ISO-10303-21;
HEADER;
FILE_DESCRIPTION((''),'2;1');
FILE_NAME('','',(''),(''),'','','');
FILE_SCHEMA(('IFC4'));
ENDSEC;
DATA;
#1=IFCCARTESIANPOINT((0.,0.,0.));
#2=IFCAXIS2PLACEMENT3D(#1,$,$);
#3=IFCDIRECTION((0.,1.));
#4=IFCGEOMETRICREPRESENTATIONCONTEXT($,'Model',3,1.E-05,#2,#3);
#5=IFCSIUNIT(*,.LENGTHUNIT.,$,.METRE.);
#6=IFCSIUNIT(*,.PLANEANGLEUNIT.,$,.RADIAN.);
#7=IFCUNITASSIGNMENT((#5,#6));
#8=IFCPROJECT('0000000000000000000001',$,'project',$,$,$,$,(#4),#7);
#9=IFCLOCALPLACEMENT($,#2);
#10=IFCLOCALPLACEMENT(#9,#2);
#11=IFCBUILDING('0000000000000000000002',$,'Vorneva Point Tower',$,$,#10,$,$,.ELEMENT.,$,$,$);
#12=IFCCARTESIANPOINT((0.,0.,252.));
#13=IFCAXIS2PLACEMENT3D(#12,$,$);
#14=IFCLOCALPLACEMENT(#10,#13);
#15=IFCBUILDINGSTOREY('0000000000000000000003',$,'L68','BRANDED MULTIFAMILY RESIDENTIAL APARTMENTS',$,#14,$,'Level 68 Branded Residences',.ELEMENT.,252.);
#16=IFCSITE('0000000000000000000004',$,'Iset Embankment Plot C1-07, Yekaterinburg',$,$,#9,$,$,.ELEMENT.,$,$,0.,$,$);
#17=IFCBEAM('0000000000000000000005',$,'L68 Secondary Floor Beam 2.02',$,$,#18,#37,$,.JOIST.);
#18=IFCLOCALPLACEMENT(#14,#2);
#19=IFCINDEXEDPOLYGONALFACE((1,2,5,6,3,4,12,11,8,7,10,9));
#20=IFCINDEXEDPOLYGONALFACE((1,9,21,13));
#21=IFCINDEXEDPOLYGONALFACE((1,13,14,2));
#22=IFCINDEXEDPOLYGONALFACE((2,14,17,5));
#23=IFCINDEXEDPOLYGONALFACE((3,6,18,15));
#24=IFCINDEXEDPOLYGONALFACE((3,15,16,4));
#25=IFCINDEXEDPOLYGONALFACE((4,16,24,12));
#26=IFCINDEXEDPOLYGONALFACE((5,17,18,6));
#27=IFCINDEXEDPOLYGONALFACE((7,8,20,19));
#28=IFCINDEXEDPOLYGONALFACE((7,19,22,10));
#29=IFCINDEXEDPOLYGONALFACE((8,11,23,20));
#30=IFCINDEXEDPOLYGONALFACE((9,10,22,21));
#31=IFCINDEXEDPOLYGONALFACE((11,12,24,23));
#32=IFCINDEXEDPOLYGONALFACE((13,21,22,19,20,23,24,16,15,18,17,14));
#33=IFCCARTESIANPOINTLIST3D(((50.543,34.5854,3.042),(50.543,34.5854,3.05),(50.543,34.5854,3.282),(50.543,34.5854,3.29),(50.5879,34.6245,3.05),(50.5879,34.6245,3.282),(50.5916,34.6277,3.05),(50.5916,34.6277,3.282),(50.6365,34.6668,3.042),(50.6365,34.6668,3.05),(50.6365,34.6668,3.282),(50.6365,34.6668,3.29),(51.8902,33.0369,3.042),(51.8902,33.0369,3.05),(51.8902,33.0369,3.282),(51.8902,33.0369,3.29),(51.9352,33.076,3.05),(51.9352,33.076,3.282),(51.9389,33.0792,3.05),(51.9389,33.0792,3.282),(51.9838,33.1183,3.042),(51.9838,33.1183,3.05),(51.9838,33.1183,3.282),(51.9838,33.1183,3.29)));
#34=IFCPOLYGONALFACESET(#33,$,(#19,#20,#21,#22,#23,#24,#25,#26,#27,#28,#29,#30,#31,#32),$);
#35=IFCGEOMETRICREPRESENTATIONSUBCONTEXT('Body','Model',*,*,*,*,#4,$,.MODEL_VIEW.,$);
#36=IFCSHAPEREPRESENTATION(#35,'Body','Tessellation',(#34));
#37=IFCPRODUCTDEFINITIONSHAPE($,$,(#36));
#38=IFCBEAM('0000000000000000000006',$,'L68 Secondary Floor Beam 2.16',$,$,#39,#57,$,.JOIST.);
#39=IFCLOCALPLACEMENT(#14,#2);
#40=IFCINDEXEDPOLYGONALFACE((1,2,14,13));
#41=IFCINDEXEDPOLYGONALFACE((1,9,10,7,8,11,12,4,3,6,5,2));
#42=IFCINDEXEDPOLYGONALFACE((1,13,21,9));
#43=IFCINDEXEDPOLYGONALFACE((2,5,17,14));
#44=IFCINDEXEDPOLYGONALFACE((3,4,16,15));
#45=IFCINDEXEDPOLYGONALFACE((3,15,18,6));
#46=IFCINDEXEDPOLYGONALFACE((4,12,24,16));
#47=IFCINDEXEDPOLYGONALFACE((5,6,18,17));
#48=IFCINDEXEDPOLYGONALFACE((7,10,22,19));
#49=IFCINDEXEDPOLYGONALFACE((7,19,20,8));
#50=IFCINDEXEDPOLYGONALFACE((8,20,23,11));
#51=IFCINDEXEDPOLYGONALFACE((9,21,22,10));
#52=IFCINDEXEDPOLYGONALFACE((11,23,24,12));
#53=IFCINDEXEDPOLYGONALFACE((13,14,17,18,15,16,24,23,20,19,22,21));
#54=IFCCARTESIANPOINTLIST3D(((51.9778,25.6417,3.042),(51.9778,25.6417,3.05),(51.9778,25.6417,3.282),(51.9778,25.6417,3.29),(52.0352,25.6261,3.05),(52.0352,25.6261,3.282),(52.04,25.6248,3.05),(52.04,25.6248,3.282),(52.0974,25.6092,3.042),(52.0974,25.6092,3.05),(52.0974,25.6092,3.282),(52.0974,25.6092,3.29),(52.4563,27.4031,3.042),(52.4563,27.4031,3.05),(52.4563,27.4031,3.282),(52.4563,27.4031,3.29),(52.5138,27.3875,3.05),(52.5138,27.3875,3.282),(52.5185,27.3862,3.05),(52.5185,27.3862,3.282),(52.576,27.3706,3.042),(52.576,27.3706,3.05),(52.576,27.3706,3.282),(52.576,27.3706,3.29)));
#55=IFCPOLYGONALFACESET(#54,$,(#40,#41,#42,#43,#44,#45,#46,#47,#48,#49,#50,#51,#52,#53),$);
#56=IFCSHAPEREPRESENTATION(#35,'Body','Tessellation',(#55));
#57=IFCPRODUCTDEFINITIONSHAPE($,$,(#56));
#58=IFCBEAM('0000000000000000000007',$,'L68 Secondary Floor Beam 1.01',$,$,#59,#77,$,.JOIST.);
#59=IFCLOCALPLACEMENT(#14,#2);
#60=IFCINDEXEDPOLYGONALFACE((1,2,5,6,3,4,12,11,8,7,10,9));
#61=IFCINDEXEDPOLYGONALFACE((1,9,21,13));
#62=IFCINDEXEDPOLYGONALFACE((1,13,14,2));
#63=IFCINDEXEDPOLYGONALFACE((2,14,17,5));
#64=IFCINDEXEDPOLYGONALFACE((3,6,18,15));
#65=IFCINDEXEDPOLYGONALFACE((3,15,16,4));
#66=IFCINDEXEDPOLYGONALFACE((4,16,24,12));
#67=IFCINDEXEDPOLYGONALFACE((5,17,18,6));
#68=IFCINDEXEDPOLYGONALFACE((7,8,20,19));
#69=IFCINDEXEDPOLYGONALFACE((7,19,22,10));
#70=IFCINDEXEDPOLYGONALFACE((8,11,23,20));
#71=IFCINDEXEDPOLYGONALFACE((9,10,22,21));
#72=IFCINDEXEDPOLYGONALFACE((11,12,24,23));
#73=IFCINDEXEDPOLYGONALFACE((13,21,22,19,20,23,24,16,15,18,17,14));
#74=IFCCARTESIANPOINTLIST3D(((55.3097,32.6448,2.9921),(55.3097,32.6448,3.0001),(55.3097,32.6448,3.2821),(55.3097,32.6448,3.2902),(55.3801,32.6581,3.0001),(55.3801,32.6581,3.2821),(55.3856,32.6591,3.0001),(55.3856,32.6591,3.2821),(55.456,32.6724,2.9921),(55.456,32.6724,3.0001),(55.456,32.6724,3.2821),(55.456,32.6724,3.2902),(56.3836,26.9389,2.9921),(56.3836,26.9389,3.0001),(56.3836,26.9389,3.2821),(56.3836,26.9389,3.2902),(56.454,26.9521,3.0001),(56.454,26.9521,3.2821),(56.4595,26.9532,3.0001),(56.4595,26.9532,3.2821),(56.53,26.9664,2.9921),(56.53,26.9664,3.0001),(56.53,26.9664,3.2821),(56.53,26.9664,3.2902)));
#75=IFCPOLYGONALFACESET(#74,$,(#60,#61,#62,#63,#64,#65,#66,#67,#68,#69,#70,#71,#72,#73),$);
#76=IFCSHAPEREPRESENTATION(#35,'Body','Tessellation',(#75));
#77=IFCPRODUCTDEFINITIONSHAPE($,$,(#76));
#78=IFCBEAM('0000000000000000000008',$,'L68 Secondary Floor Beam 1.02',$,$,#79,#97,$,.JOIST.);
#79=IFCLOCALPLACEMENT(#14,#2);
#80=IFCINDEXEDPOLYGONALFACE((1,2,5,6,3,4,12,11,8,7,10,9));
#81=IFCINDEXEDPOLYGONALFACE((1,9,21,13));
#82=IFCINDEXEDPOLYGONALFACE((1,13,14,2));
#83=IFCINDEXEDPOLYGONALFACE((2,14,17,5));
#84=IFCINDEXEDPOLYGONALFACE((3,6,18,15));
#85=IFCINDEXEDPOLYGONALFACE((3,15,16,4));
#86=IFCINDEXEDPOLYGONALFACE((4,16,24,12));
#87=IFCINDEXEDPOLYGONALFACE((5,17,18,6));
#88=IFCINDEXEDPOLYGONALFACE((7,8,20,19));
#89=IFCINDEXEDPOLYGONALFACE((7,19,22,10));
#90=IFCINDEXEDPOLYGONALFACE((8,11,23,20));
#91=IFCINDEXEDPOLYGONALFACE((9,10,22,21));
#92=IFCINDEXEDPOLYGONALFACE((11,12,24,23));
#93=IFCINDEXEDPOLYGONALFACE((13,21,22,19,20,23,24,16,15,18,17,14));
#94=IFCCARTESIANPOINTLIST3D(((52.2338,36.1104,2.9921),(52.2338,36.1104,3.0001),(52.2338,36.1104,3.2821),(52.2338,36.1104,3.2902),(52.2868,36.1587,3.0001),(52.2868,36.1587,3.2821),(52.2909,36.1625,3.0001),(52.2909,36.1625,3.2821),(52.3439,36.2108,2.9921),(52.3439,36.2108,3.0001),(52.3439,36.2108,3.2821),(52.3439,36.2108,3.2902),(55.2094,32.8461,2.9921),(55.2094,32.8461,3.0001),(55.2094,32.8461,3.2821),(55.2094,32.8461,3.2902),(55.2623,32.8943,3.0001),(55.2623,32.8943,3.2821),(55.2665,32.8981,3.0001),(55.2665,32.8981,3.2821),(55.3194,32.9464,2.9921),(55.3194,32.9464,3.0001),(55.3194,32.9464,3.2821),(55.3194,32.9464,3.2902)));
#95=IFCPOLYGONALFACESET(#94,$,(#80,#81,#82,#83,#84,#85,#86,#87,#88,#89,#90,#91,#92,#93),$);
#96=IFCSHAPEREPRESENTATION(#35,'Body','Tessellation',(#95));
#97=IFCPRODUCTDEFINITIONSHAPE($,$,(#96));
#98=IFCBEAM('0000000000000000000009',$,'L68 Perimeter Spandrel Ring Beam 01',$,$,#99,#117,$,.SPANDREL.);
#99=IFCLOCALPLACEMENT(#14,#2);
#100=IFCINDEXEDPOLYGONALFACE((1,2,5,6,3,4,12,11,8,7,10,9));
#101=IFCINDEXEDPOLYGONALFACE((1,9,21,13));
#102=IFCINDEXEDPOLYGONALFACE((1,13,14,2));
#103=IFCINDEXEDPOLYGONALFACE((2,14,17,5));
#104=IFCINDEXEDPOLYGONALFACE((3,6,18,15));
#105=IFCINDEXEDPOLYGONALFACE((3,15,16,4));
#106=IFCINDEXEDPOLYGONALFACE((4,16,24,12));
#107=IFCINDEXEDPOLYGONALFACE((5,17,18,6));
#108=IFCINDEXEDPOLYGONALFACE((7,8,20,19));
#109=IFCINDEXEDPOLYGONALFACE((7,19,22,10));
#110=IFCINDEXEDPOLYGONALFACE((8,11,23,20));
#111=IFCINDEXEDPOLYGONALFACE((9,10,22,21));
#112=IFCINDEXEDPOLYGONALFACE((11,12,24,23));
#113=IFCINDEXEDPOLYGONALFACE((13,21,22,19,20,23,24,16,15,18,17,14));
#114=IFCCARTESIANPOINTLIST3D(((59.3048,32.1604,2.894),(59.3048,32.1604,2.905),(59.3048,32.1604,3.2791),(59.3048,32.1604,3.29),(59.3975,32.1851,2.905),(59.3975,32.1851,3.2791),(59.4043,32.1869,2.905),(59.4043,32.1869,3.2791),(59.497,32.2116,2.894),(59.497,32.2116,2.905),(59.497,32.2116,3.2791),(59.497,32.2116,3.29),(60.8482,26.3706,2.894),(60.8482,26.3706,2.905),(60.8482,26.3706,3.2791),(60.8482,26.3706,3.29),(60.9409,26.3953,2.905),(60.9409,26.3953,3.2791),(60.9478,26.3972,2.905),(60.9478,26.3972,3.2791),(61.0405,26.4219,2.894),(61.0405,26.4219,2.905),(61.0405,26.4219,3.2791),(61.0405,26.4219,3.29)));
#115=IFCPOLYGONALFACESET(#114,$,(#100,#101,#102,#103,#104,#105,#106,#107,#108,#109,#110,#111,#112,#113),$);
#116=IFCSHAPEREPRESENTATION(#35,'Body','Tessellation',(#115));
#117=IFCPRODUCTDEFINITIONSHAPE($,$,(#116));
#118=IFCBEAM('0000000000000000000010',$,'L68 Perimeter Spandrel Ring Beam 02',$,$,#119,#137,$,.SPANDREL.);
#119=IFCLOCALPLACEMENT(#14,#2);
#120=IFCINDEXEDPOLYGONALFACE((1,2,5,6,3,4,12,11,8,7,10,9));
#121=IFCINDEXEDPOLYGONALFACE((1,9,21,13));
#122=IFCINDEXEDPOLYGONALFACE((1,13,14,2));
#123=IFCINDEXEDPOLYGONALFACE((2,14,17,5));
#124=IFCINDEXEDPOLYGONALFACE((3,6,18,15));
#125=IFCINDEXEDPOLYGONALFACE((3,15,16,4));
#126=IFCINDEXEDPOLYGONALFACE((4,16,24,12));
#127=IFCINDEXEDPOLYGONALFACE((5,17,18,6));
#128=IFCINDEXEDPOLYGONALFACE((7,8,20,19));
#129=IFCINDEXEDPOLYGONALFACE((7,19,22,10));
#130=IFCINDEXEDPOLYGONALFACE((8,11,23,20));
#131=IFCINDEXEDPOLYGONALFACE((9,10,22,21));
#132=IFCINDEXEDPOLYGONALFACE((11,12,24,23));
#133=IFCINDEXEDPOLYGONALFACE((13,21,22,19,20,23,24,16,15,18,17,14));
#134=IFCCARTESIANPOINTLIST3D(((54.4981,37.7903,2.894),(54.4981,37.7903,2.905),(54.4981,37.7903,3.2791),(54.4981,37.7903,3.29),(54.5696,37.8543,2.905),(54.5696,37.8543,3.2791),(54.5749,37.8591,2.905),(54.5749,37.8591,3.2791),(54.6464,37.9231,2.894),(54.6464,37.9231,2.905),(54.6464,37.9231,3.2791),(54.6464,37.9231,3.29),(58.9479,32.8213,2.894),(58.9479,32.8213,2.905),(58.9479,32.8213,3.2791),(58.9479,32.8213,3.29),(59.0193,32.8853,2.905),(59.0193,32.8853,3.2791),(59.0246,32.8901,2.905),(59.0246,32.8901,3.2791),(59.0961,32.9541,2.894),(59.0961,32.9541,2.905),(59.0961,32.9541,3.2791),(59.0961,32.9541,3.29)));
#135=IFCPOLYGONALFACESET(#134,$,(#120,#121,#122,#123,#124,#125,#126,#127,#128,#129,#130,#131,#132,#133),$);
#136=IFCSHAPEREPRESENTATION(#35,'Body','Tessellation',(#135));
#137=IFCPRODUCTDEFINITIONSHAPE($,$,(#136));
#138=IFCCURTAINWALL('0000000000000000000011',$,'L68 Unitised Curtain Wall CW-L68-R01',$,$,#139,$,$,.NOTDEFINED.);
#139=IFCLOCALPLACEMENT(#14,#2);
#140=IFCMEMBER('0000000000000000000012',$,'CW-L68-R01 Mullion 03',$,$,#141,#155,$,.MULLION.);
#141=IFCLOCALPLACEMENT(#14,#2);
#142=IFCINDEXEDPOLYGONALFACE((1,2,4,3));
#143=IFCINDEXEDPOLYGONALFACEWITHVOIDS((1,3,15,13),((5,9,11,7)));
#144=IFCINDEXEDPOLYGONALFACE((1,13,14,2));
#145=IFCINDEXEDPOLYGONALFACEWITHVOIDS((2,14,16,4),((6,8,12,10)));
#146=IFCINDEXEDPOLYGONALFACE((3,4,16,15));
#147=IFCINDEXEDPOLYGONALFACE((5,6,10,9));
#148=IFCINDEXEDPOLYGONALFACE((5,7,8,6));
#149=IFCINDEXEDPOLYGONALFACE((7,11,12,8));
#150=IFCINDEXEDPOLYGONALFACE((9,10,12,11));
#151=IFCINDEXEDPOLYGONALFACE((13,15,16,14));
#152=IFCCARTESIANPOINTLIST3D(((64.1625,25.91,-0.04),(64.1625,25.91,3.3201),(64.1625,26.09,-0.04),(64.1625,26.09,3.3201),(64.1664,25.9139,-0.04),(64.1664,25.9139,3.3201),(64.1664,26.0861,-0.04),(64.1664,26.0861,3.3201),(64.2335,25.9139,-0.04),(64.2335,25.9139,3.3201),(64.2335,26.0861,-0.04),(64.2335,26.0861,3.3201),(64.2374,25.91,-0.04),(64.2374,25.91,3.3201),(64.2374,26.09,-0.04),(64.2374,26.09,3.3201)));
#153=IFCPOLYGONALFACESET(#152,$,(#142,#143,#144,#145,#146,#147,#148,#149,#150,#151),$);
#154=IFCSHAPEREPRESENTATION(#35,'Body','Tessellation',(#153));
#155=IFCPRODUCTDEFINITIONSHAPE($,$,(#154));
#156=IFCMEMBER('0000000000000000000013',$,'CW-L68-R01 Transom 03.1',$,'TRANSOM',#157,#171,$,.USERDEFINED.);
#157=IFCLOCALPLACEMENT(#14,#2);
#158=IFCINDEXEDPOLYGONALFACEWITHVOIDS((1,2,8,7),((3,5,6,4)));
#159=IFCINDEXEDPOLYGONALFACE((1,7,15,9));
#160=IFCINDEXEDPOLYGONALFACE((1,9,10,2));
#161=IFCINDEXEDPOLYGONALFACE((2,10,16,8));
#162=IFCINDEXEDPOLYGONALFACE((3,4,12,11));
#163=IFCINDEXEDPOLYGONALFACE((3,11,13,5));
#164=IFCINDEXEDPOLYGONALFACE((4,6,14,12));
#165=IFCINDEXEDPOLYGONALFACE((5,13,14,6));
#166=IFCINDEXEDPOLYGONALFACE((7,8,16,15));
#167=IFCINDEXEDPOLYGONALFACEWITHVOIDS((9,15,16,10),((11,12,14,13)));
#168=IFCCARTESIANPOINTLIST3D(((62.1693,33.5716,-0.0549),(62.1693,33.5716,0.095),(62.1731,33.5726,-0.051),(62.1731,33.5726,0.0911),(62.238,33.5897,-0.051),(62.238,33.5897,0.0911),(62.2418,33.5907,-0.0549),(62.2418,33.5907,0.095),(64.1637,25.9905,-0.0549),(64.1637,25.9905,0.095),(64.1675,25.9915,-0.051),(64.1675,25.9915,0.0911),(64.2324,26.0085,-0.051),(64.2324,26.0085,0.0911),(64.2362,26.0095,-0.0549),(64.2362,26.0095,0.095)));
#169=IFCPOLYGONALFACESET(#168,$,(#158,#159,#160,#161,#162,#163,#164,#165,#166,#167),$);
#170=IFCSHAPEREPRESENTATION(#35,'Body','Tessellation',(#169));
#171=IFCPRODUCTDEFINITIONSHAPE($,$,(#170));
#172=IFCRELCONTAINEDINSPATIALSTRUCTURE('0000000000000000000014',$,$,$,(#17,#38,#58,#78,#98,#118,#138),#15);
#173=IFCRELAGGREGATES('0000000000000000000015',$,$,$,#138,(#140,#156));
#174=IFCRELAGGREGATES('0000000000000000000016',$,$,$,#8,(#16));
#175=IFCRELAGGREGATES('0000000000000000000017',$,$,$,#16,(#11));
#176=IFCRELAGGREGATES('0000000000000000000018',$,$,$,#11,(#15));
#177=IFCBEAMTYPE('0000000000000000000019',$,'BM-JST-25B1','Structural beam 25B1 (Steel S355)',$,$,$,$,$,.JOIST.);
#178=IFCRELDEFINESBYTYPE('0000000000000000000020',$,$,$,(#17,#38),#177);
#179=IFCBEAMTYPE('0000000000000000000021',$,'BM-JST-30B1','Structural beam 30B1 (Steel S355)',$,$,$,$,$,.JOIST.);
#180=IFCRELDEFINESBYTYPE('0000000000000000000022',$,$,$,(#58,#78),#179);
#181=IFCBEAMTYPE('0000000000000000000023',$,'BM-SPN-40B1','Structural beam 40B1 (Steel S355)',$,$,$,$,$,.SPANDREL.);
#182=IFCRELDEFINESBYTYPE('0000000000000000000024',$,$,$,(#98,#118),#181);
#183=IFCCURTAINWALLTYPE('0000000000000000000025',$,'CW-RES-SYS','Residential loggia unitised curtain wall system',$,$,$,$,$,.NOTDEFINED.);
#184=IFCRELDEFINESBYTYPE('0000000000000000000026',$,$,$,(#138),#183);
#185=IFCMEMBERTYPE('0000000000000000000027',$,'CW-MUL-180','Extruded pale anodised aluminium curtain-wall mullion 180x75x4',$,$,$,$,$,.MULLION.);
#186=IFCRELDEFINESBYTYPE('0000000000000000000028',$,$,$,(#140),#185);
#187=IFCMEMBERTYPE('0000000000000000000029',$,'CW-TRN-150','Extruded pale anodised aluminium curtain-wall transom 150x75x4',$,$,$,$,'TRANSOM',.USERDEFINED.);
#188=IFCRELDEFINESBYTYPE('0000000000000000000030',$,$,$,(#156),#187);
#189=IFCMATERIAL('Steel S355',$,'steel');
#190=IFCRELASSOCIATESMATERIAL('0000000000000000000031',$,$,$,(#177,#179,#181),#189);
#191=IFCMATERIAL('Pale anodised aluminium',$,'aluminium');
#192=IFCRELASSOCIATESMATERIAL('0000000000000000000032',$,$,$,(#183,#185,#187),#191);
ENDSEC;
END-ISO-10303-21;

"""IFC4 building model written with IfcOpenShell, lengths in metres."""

from ifc_helpers import new_model, si_unit, direction, frame, origin, origin_2d, place, context, subcontext, project, spatial, hollow_rectangle, i_section, extrude, material, material_profile, profile_set, type_object, element, aggregate, save


model = new_model("IFC4")

# Units and contexts
model_context = context("Model", 3, precision=1e-05, world=origin(), true_north=direction((0.0, 1.0)))
body_context = subcontext(model_context, "Body", "Model", "MODEL_VIEW")
ifc_project = project(units=[si_unit("LENGTHUNIT", "METRE"), si_unit("PLANEANGLEUNIT", "RADIAN")], contexts=[model_context])

# Site, building, storey
site_placement = place(None, origin())
site = spatial("IfcSite", under=ifc_project, at=site_placement, Name="Iset Embankment Plot C1-07, Yekaterinburg", CompositionType="ELEMENT", RefElevation=0.0)
building_placement = place(site_placement, origin())
building = spatial("IfcBuilding", under=site, at=building_placement, Name="Vorneva Point Tower", CompositionType="ELEMENT")
storey_placement = place(building_placement, frame((0.0, 0.0, 252.0)))
storey = spatial("IfcBuildingStorey", under=building, at=storey_placement, Name="L68", Description="BRANDED MULTIFAMILY RESIDENTIAL APARTMENTS", LongName="Level 68 Branded Residences", CompositionType="ELEMENT", Elevation=252.0)

# Beams
ifc_material_1 = material(Name="Steel S355", Category="steel")
ifc_material_profile_1 = material_profile(ifc_material_1, i_section(OverallWidth=0.124, OverallDepth=0.248, WebThickness=0.0049, FlangeThickness=0.0081, at=origin_2d()), Name="25B1")
ifc_profile_set_1 = profile_set([ifc_material_profile_1], Name="Steel S355")
beam_type_1 = type_object("IfcBeamType", Name="BM-JST-25B1", Description="Structural beam 25B1 (Steel S355)", PredefinedType="JOIST", material=ifc_profile_set_1)
beam_1_placement = place(storey_placement, frame((51.937, 33.0776, 3.166), z_axis=(-0.656397, 0.754416, 0.0), x_axis=(-0.754416, -0.656397, 0.0)))
element("IfcBeam", 1, at=beam_1_placement, inside=storey, type_object=beam_type_1, Name="L68 Secondary Floor Beam 2.02", PredefinedType="JOIST", context=body_context, shape_type="SweptSolid", body=[
    extrude(i_section(OverallWidth=0.124, OverallDepth=0.248, WebThickness=0.0049, FlangeThickness=0.0081, at=origin_2d()), origin(), (0.0, 0.0, 1.0), 2.0525),
])
beam_2_placement = place(storey_placement, frame((52.0376, 25.6255, 3.166), z_axis=(0.262189, 0.965017, 0.0), x_axis=(-0.965017, 0.262189, 0.0)))
element("IfcBeam", 2, at=beam_2_placement, inside=storey, type_object=beam_type_1, Name="L68 Secondary Floor Beam 2.16", PredefinedType="JOIST", context=body_context, shape_type="SweptSolid", body=[
    extrude(i_section(OverallWidth=0.124, OverallDepth=0.248, WebThickness=0.0049, FlangeThickness=0.0081, at=origin_2d()), origin(), (0.0, 0.0, 1.0), 1.8252),
])
ifc_material_profile_2 = material_profile(ifc_material_1, i_section(OverallWidth=0.1489, OverallDepth=0.2981, WebThickness=0.0056, FlangeThickness=0.0081, at=origin_2d()), Name="30B1")
ifc_profile_set_2 = profile_set([ifc_material_profile_2], Name="Steel S355")
beam_type_2 = type_object("IfcBeamType", Name="BM-JST-30B1", Description="Structural beam 30B1 (Steel S355)", PredefinedType="JOIST", material=ifc_profile_set_2)
beam_3_placement = place(storey_placement, frame((56.4568, 26.9526, 3.1411), z_axis=(-0.184969, 0.982744, 0.0), x_axis=(-0.982744, -0.184969, 0.0)))
element("IfcBeam", 3, at=beam_3_placement, inside=storey, type_object=beam_type_2, Name="L68 Secondary Floor Beam 1.01", PredefinedType="JOIST", context=body_context, shape_type="SweptSolid", body=[
    extrude(i_section(OverallWidth=0.1489, OverallDepth=0.2981, WebThickness=0.0056, FlangeThickness=0.0081, at=origin_2d()), origin(), (0.0, 0.0, 1.0), 5.8062),
])
beam_4_placement = place(storey_placement, frame((55.2644, 32.8962, 3.1411), z_axis=(-0.673657, 0.739044, 0.0), x_axis=(-0.739044, -0.673657, 0.0)))
element("IfcBeam", 4, at=beam_4_placement, inside=storey, type_object=beam_type_2, Name="L68 Secondary Floor Beam 1.02", PredefinedType="JOIST", context=body_context, shape_type="SweptSolid", body=[
    extrude(i_section(OverallWidth=0.1489, OverallDepth=0.2981, WebThickness=0.0056, FlangeThickness=0.0081, at=origin_2d()), origin(), (0.0, 0.0, 1.0), 4.417),
])
ifc_material_profile_3 = material_profile(ifc_material_1, i_section(OverallWidth=0.199, OverallDepth=0.396, WebThickness=0.0071, FlangeThickness=0.011, at=origin_2d()), Name="40B1")
ifc_profile_set_3 = profile_set([ifc_material_profile_3], Name="Steel S355")
beam_type_3 = type_object("IfcBeamType", Name="BM-SPN-40B1", Description="Structural beam 40B1 (Steel S355)", PredefinedType="SPANDREL", material=ifc_profile_set_3)
beam_5_placement = place(storey_placement, frame((60.9443, 26.3962, 3.092), z_axis=(-0.257587, 0.966255, 0.0), x_axis=(-0.966255, -0.257587, 0.0)))
element("IfcBeam", 5, at=beam_5_placement, inside=storey, type_object=beam_type_3, Name="L68 Perimeter Spandrel Ring Beam 01", PredefinedType="SPANDREL", context=body_context, shape_type="SweptSolid", body=[
    extrude(i_section(OverallWidth=0.199, OverallDepth=0.396, WebThickness=0.0071, FlangeThickness=0.011, at=origin_2d()), origin(), (0.0, 0.0, 1.0), 5.9919),
])
beam_6_placement = place(storey_placement, frame((59.022, 32.8877, 3.092), z_axis=(-0.667108, 0.744961, 0.0), x_axis=(-0.744961, -0.667108, 0.0)))
element("IfcBeam", 6, at=beam_6_placement, inside=storey, type_object=beam_type_3, Name="L68 Perimeter Spandrel Ring Beam 02", PredefinedType="SPANDREL", context=body_context, shape_type="SweptSolid", body=[
    extrude(i_section(OverallWidth=0.199, OverallDepth=0.396, WebThickness=0.0071, FlangeThickness=0.011, at=origin_2d()), origin(), (0.0, 0.0, 1.0), 6.6702),
])

# Curtain wall, members
ifc_material_2 = material(Name="Pale anodised aluminium", Category="aluminium")
curtain_wall_type = type_object("IfcCurtainWallType", Name="CW-RES-SYS", Description="Residential loggia unitised curtain wall system", PredefinedType="NOTDEFINED", material=ifc_material_2)
curtain_wall_placement = place(storey_placement, origin())
curtain_wall = element("IfcCurtainWall", 7, at=curtain_wall_placement, inside=storey, type_object=curtain_wall_type, Name="L68 Unitised Curtain Wall CW-L68-R01", PredefinedType="NOTDEFINED")
ifc_material_profile_4 = material_profile(ifc_material_2, hollow_rectangle(XDim=0.075, YDim=0.1799, WallThickness=0.0039, at=origin_2d()), Name="AL-MUL 180x75x4")
ifc_profile_set_4 = profile_set([ifc_material_profile_4], Name="Pale anodised aluminium")
member_type_1 = type_object("IfcMemberType", Name="CW-MUL-180", Description="Extruded pale anodised aluminium curtain-wall mullion 180x75x4", PredefinedType="MULLION", material=ifc_profile_set_4)
member_1_placement = place(storey_placement, frame((64.2, 26.0, -0.04), z_axis=(0.0, 0.0, 1.0), x_axis=(1.0, 0.0, 0.0)))
member_1 = element("IfcMember", 8, at=member_1_placement, type_object=member_type_1, Name="CW-L68-R01 Mullion 03", PredefinedType="MULLION", context=body_context, shape_type="SweptSolid", body=[
    extrude(hollow_rectangle(XDim=0.075, YDim=0.1799, WallThickness=0.0039, at=origin_2d()), origin(), (0.0, 0.0, 1.0), 3.3601),
])
ifc_material_profile_5 = material_profile(ifc_material_2, hollow_rectangle(XDim=0.075, YDim=0.1499, WallThickness=0.0039, at=origin_2d()), Name="AL-TRN 150x75x4")
ifc_profile_set_5 = profile_set([ifc_material_profile_5], Name="Pale anodised aluminium")
member_type_2 = type_object("IfcMemberType", Name="CW-TRN-150", Description="Extruded pale anodised aluminium curtain-wall transom 150x75x4", ElementType="TRANSOM", PredefinedType="USERDEFINED", material=ifc_profile_set_5)
member_2_placement = place(storey_placement, frame((64.2, 26.0, 0.02), z_axis=(-0.254418, 0.967094, 0.0), x_axis=(-0.967094, -0.254418, 0.0)))
member_2 = element("IfcMember", 9, at=member_2_placement, type_object=member_type_2, Name="CW-L68-R01 Transom 03.1", ObjectType="TRANSOM", PredefinedType="USERDEFINED", context=body_context, shape_type="SweptSolid", body=[
    extrude(hollow_rectangle(XDim=0.075, YDim=0.1499, WallThickness=0.0039, at=origin_2d()), origin(), (0.0, 0.0, 1.0), 7.8391),
])
aggregate(curtain_wall, [member_1, member_2])

save(model, "model.ifc")
